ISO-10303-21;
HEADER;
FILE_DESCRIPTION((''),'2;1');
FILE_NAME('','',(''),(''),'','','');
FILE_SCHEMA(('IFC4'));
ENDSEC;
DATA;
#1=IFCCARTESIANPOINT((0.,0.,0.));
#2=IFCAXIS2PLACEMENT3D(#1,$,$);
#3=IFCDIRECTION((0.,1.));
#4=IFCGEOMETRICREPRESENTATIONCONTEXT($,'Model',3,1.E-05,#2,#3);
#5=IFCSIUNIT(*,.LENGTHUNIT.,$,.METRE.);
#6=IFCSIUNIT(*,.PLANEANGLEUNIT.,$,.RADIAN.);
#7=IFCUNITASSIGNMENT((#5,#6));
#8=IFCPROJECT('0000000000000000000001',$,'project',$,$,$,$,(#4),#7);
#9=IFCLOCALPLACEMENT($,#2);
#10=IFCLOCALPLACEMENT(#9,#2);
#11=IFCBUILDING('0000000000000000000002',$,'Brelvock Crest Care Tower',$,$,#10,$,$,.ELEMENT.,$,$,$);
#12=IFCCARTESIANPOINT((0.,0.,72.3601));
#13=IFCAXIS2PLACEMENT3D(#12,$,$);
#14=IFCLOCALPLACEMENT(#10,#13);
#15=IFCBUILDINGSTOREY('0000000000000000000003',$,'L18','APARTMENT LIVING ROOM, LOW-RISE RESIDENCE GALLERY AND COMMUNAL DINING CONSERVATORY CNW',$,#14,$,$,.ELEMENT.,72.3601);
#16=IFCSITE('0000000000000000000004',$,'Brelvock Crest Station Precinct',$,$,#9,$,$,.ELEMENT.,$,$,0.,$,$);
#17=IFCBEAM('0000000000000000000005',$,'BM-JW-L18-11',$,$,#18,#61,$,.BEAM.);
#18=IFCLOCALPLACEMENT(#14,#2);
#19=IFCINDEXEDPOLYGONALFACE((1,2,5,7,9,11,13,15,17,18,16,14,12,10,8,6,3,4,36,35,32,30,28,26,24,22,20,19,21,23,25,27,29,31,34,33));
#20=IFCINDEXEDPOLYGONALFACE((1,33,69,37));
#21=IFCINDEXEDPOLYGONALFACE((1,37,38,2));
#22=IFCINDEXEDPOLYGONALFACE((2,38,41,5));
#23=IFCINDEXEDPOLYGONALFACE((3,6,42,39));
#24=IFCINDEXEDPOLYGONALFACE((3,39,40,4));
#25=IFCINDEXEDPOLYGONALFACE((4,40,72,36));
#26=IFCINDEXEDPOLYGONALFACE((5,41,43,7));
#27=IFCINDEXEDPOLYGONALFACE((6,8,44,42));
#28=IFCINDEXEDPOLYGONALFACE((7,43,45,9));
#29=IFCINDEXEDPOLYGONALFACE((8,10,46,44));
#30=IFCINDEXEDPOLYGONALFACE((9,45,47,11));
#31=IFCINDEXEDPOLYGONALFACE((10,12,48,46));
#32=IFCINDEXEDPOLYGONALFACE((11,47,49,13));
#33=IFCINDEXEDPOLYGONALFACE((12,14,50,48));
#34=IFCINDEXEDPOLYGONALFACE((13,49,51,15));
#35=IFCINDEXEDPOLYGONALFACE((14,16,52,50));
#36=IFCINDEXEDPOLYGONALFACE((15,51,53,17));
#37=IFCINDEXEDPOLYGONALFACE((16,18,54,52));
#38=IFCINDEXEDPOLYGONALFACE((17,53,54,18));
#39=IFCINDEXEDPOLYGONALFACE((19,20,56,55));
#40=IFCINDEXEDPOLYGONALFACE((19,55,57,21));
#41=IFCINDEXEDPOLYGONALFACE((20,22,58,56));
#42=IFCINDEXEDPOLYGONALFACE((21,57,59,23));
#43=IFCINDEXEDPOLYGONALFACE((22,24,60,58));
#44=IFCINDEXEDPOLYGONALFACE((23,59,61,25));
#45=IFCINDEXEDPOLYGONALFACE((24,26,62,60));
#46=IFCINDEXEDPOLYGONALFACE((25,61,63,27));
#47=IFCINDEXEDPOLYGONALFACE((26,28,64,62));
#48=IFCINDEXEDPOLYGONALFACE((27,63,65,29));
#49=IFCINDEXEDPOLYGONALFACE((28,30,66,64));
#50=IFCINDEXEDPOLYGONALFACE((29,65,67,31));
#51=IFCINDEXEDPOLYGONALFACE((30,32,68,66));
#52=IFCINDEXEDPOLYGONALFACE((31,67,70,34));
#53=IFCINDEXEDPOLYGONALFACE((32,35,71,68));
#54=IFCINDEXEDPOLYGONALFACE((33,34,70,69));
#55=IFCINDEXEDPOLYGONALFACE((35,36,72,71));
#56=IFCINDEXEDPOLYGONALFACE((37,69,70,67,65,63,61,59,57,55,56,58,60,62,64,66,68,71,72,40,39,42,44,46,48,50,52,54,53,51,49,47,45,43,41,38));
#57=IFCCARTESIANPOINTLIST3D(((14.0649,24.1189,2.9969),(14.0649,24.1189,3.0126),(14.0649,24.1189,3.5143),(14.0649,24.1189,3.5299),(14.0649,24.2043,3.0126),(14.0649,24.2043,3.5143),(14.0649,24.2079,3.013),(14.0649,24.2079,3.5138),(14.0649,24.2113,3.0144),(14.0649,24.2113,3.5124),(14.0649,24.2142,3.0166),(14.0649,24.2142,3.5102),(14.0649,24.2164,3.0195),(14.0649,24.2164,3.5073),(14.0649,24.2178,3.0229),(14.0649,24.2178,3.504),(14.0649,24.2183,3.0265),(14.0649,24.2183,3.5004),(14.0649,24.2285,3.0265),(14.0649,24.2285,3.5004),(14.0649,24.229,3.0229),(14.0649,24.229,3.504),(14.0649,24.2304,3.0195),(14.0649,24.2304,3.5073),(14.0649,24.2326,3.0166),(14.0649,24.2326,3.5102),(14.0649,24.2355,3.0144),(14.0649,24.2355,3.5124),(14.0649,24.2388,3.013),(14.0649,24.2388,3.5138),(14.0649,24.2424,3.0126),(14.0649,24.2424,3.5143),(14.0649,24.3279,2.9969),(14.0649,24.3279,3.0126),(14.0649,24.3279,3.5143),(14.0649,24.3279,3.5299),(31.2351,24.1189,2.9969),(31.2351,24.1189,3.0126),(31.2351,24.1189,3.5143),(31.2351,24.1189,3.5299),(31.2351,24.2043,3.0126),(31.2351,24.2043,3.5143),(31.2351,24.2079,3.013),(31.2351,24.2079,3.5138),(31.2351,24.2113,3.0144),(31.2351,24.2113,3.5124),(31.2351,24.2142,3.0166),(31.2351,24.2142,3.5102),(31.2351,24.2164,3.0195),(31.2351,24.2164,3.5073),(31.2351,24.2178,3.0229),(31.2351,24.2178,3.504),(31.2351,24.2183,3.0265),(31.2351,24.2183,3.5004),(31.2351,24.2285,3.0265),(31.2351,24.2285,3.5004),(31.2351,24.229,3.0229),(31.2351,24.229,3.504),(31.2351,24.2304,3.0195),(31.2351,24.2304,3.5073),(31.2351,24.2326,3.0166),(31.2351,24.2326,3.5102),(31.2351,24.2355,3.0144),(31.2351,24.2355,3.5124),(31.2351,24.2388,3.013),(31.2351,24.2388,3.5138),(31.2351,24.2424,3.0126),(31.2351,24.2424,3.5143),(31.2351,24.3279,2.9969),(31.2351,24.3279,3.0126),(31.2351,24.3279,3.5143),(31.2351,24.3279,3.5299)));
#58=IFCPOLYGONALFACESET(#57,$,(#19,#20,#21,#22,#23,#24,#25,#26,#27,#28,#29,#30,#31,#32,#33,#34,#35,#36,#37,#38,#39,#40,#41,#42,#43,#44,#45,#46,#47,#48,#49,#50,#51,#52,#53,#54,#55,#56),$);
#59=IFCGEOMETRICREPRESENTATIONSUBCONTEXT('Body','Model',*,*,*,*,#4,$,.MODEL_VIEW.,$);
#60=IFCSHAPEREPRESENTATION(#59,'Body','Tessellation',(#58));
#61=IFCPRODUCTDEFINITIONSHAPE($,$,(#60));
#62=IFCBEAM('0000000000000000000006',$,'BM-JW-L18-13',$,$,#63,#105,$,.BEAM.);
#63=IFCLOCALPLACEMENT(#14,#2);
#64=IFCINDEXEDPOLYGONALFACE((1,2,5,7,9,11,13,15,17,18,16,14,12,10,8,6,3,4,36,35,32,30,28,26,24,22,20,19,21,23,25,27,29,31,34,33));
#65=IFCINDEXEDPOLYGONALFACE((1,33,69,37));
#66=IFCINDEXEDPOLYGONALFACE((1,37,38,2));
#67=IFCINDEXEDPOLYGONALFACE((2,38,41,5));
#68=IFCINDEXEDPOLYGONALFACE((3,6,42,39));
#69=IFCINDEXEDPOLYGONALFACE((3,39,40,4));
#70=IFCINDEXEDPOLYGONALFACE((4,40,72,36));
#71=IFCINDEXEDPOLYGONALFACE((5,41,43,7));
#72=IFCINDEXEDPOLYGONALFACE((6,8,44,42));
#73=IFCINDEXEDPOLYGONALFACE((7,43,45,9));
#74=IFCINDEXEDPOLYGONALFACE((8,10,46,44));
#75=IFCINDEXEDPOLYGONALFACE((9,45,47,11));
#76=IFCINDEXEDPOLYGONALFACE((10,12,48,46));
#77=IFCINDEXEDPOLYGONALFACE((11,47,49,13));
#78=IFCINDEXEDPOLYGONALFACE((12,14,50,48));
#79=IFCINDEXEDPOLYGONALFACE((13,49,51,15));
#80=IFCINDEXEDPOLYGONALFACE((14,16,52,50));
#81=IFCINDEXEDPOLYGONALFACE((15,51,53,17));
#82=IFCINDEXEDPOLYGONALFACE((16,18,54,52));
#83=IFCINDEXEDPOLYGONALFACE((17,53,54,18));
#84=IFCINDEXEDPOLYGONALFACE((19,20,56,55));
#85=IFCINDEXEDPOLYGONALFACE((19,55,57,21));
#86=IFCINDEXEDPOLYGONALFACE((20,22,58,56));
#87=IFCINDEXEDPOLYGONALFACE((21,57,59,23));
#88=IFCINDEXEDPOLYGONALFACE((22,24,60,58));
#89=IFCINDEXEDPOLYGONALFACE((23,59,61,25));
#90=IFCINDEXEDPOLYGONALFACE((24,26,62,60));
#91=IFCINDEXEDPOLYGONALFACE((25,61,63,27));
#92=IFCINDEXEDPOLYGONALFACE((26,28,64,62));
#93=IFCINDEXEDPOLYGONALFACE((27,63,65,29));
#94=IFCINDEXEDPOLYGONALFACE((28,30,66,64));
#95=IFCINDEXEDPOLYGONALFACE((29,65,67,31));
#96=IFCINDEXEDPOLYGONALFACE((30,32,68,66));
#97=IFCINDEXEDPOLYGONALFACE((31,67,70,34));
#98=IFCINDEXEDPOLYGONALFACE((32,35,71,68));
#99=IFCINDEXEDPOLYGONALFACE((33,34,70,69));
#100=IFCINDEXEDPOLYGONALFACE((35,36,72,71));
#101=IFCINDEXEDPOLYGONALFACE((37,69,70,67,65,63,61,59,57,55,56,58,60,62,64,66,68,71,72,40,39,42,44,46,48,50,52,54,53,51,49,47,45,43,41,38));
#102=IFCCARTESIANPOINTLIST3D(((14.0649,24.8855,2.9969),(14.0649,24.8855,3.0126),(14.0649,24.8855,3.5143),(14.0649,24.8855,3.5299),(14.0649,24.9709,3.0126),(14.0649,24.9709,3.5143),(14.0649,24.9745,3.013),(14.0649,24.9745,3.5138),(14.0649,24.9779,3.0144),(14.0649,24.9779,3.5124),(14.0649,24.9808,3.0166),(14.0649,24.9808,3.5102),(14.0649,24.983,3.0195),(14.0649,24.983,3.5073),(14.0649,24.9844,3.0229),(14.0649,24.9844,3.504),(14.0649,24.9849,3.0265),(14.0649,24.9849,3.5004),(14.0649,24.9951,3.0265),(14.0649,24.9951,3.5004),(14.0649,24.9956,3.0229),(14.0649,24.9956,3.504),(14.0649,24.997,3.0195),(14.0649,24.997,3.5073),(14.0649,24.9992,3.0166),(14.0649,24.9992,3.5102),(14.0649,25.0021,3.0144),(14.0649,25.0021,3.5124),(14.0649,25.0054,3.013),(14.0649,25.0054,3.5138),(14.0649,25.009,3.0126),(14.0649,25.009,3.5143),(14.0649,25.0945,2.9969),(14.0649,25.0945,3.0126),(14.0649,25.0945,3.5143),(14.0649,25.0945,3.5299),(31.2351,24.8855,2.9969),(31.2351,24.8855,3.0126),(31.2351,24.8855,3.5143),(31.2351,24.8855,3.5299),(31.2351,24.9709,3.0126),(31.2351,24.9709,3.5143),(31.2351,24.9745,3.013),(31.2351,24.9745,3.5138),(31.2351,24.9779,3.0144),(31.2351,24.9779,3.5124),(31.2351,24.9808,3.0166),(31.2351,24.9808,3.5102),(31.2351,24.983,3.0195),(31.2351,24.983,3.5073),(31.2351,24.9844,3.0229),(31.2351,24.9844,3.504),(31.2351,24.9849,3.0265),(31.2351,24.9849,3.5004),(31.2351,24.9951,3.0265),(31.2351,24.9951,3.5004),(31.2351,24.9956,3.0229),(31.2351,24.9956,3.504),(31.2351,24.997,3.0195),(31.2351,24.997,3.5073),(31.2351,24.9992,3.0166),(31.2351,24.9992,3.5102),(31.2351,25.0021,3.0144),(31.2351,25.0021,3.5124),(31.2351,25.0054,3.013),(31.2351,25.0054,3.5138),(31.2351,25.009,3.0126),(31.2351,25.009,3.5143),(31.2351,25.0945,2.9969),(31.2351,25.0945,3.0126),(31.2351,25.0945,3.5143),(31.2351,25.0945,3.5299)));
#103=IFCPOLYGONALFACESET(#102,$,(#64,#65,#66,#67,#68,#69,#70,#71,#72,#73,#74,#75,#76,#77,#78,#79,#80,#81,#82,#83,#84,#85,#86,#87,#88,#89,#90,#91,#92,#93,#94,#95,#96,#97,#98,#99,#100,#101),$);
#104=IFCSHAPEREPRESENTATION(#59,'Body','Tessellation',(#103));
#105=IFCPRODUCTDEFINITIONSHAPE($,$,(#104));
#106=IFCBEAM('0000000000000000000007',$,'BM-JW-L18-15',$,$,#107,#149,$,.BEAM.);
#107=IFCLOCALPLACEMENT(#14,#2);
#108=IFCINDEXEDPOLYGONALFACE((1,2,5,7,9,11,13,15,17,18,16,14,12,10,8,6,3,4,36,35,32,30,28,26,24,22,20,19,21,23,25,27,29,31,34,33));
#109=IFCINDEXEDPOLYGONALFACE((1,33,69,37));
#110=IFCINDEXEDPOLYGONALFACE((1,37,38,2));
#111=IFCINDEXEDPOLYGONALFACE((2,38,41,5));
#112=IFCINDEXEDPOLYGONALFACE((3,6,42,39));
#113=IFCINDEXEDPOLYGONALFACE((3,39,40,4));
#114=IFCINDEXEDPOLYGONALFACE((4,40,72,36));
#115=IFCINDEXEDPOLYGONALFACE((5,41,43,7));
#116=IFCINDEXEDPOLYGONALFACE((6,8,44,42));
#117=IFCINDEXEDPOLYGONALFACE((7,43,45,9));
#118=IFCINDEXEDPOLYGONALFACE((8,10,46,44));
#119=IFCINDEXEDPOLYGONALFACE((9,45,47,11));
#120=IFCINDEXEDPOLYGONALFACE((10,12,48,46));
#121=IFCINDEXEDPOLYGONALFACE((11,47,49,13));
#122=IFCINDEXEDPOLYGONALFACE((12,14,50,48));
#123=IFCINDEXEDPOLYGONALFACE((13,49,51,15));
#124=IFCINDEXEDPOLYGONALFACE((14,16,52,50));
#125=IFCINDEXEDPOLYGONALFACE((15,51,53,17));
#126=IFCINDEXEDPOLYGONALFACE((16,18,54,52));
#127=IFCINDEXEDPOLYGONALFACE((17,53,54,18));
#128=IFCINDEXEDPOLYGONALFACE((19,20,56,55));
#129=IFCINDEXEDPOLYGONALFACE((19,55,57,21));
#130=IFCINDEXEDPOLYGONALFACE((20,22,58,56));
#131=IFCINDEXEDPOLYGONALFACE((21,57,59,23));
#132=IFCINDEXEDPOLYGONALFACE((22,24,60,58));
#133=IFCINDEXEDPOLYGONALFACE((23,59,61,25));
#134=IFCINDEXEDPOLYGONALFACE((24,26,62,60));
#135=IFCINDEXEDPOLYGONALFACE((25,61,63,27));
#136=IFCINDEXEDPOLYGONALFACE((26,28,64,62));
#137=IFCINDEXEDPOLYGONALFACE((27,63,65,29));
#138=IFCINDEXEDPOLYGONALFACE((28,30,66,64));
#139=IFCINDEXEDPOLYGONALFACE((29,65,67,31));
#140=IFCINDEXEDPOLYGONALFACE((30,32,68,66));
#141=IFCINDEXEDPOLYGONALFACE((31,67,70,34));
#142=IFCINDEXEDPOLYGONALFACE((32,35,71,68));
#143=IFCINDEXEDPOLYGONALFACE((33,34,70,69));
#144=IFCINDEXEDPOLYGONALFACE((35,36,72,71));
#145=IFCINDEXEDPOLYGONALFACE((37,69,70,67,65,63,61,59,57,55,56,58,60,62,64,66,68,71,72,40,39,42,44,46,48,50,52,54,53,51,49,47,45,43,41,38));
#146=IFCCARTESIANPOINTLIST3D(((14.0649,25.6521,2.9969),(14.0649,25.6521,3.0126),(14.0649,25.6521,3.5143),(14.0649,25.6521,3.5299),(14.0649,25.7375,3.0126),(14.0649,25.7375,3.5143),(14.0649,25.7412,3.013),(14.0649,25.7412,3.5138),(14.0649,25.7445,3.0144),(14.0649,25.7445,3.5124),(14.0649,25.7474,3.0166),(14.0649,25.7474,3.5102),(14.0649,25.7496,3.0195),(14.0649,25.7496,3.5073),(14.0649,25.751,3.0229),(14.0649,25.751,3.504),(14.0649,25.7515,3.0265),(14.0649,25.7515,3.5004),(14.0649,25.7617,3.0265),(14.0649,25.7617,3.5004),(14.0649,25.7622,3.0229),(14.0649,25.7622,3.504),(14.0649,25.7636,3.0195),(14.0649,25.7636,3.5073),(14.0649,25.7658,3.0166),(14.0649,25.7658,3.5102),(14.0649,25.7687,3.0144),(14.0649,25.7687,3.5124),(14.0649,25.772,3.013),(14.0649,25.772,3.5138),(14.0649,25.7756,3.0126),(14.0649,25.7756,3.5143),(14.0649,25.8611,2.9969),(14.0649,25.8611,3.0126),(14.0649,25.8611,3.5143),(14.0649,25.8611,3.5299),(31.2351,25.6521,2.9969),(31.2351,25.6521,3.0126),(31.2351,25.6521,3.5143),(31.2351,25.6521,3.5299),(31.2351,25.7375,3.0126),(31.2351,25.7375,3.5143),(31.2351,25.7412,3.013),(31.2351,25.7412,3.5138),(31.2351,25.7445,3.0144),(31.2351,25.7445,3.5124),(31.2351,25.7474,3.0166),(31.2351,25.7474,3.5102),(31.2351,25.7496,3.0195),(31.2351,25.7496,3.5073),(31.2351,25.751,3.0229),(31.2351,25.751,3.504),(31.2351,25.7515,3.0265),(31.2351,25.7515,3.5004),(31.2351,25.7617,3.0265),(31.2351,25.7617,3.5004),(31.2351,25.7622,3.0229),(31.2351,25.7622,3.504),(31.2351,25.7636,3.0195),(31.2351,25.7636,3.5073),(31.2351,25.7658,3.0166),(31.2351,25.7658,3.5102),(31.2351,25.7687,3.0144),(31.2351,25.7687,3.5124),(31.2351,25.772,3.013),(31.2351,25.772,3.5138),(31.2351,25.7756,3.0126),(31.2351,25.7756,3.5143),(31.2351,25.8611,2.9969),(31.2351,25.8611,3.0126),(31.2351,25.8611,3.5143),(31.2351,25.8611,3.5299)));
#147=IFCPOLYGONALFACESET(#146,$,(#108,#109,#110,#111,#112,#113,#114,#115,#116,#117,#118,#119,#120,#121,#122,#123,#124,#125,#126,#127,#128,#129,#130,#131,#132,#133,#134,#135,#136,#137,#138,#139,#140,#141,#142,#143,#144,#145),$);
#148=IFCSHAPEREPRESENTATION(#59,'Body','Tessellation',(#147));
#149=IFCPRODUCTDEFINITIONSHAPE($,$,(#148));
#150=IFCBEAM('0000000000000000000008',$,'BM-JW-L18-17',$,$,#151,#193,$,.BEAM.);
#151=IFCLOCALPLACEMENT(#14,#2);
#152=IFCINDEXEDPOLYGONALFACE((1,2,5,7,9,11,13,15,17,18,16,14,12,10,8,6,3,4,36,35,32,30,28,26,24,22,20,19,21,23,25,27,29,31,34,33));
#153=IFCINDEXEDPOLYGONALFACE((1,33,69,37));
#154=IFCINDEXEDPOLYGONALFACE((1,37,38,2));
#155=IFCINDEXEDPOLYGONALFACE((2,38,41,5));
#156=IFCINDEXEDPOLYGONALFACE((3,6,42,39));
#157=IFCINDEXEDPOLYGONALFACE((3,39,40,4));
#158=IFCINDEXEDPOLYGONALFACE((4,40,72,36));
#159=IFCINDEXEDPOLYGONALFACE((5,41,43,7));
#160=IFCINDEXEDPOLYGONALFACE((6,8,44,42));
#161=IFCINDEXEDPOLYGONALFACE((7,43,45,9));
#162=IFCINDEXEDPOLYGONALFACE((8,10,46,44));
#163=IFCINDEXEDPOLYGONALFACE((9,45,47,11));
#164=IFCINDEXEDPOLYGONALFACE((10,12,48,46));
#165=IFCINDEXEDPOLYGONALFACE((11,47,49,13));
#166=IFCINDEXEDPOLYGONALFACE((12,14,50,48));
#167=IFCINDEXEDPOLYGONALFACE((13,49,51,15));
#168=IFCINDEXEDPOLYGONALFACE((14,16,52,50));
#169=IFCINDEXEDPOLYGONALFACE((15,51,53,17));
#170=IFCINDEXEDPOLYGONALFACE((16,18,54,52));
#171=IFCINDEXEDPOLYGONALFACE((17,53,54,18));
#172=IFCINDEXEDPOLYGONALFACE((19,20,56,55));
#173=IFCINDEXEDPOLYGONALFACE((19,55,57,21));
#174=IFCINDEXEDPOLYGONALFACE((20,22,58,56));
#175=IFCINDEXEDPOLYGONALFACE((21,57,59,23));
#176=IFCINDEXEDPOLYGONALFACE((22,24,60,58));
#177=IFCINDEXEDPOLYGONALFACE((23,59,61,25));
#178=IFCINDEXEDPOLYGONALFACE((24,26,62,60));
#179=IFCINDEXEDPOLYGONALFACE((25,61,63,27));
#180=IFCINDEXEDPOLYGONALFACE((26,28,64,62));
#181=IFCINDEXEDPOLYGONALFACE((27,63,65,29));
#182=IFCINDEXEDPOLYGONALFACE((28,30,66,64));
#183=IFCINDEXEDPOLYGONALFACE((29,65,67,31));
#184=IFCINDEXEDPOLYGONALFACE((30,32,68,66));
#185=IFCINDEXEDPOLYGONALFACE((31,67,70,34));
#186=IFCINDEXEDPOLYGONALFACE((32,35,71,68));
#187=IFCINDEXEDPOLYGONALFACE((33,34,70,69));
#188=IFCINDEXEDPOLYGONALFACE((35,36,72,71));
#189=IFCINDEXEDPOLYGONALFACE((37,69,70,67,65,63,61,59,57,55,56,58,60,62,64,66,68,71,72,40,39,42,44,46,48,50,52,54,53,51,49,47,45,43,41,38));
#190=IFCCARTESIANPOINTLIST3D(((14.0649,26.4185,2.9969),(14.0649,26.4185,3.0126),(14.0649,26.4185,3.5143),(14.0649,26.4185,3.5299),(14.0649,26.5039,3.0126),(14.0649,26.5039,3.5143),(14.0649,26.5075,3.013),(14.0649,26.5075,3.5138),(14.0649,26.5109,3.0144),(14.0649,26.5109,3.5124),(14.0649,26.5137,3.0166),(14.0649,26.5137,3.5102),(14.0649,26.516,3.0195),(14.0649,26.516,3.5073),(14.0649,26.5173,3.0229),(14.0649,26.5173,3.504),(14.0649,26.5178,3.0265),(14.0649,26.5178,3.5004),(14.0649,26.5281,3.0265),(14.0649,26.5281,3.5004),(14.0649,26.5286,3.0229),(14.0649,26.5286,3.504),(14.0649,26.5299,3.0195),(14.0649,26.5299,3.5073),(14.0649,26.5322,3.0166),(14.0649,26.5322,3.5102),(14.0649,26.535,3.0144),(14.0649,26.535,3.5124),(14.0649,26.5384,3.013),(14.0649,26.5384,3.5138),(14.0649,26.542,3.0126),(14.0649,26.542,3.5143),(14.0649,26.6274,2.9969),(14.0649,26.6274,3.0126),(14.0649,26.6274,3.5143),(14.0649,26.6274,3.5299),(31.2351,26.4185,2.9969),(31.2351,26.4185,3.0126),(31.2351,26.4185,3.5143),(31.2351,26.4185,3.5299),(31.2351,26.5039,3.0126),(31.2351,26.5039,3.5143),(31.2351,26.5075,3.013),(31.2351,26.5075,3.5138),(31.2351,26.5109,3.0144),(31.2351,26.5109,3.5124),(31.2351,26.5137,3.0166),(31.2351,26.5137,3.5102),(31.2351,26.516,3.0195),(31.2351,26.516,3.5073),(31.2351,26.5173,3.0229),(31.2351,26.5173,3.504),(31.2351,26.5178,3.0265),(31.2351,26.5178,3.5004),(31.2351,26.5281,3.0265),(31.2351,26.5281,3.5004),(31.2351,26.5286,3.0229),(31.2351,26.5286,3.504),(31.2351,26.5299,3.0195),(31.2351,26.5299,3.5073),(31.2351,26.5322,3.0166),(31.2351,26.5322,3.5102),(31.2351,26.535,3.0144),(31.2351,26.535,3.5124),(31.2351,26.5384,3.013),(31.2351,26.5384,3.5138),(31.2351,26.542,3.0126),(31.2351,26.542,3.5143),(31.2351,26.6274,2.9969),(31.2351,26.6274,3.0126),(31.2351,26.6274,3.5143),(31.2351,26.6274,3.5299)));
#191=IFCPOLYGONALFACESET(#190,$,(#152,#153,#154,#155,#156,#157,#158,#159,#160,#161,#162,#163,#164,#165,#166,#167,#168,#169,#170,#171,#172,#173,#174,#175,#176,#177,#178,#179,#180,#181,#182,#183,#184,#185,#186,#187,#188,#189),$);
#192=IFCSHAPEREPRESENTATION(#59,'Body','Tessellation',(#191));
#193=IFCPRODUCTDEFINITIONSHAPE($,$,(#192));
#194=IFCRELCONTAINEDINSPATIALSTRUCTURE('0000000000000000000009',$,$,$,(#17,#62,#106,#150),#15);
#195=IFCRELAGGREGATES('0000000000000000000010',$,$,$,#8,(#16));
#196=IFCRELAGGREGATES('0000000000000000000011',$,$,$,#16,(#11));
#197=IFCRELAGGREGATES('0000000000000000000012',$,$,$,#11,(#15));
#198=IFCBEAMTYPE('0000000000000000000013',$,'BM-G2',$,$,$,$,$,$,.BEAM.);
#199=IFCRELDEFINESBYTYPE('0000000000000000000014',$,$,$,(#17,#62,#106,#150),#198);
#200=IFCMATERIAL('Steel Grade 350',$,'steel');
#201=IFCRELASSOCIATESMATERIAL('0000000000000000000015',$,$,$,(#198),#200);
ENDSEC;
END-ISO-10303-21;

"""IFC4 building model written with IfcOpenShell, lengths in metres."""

from ifc_helpers import new_model, si_unit, direction, frame, origin, origin_2d, place, context, subcontext, project, spatial, i_section, extrude, source, transform, mapped, material, material_profile, profile_set, type_object, element, save


model = new_model("IFC4")

# Units and contexts
model_context = context("Model", 3, precision=1e-05, world=origin(), true_north=direction((0.0, 1.0)))
body_context = subcontext(model_context, "Body", "Model", "MODEL_VIEW")
ifc_project = project(units=[si_unit("LENGTHUNIT", "METRE"), si_unit("PLANEANGLEUNIT", "RADIAN")], contexts=[model_context])

# Site, building, storey
site_placement = place(None, origin())
site = spatial("IfcSite", under=ifc_project, at=site_placement, Name="Brelvock Crest Station Precinct", CompositionType="ELEMENT", RefElevation=0.0)
building_placement = place(site_placement, origin())
building = spatial("IfcBuilding", under=site, at=building_placement, Name="Brelvock Crest Care Tower", CompositionType="ELEMENT")
storey_placement = place(building_placement, frame((0.0, 0.0, 72.3601)))
storey = spatial("IfcBuildingStorey", under=building, at=storey_placement, Name="L18", Description="APARTMENT LIVING ROOM, LOW-RISE RESIDENCE GALLERY AND COMMUNAL DINING CONSERVATORY CNW", CompositionType="ELEMENT", Elevation=72.3601)

# Beams
ifc_material_1 = material(Name="Steel Grade 350", Category="steel")
ifc_material_profile_1 = material_profile(ifc_material_1, i_section(OverallWidth=0.209, OverallDepth=0.533, WebThickness=0.0103, FlangeThickness=0.0156, FilletRadius=0.0139, at=origin_2d()), Name="530UB92.4")
ifc_profile_set_1 = profile_set([ifc_material_profile_1], Name="Steel Grade 350")
beam_type_1 = type_object("IfcBeamType", Name="BM-G2", PredefinedType="BEAM", material=ifc_profile_set_1)
shared_shape_1 = source(origin(), body_context, "Body", "SweptSolid", [
    extrude(i_section(OverallWidth=0.209, OverallDepth=0.533, WebThickness=0.0103, FlangeThickness=0.0156, FilletRadius=0.0139, at=origin_2d()), origin(), (0.0, 0.0, 1.0), 17.1702),
])
for number, where, z_axis, x_axis, name in (
    (1, (14.0649, 24.2234, 3.2634), (1.0, 0.0, 0.0), (0.0, 1.0, 0.0), "BM-JW-L18-11"),
    (2, (14.0649, 24.99, 3.2634), (1.0, 0.0, 0.0), (0.0, 1.0, 0.0), "BM-JW-L18-13"),
    (3, (14.0649, 25.7566, 3.2634), (1.0, 0.0, 0.0), (0.0, 1.0, 0.0), "BM-JW-L18-15"),
    (4, (14.0649, 26.5229, 3.2634), (1.0, 0.0, 0.0), (0.0, 1.0, 0.0), "BM-JW-L18-17"),
):
    element("IfcBeam", number, at=place(storey_placement, frame(where, z_axis=z_axis, x_axis=x_axis)), inside=storey, type_object=beam_type_1, Name=name, PredefinedType="BEAM", context=body_context, shape_type="MappedRepresentation", body=[
        mapped(shared_shape_1, transform((0.0, 0.0, 0.0), x_axis=(1.0, 0.0, 0.0), y_axis=(0.0, 1.0, 0.0), z_axis=(0.0, 0.0, 1.0), scale=1.0)),
    ])

save(model, "model.ifc")
